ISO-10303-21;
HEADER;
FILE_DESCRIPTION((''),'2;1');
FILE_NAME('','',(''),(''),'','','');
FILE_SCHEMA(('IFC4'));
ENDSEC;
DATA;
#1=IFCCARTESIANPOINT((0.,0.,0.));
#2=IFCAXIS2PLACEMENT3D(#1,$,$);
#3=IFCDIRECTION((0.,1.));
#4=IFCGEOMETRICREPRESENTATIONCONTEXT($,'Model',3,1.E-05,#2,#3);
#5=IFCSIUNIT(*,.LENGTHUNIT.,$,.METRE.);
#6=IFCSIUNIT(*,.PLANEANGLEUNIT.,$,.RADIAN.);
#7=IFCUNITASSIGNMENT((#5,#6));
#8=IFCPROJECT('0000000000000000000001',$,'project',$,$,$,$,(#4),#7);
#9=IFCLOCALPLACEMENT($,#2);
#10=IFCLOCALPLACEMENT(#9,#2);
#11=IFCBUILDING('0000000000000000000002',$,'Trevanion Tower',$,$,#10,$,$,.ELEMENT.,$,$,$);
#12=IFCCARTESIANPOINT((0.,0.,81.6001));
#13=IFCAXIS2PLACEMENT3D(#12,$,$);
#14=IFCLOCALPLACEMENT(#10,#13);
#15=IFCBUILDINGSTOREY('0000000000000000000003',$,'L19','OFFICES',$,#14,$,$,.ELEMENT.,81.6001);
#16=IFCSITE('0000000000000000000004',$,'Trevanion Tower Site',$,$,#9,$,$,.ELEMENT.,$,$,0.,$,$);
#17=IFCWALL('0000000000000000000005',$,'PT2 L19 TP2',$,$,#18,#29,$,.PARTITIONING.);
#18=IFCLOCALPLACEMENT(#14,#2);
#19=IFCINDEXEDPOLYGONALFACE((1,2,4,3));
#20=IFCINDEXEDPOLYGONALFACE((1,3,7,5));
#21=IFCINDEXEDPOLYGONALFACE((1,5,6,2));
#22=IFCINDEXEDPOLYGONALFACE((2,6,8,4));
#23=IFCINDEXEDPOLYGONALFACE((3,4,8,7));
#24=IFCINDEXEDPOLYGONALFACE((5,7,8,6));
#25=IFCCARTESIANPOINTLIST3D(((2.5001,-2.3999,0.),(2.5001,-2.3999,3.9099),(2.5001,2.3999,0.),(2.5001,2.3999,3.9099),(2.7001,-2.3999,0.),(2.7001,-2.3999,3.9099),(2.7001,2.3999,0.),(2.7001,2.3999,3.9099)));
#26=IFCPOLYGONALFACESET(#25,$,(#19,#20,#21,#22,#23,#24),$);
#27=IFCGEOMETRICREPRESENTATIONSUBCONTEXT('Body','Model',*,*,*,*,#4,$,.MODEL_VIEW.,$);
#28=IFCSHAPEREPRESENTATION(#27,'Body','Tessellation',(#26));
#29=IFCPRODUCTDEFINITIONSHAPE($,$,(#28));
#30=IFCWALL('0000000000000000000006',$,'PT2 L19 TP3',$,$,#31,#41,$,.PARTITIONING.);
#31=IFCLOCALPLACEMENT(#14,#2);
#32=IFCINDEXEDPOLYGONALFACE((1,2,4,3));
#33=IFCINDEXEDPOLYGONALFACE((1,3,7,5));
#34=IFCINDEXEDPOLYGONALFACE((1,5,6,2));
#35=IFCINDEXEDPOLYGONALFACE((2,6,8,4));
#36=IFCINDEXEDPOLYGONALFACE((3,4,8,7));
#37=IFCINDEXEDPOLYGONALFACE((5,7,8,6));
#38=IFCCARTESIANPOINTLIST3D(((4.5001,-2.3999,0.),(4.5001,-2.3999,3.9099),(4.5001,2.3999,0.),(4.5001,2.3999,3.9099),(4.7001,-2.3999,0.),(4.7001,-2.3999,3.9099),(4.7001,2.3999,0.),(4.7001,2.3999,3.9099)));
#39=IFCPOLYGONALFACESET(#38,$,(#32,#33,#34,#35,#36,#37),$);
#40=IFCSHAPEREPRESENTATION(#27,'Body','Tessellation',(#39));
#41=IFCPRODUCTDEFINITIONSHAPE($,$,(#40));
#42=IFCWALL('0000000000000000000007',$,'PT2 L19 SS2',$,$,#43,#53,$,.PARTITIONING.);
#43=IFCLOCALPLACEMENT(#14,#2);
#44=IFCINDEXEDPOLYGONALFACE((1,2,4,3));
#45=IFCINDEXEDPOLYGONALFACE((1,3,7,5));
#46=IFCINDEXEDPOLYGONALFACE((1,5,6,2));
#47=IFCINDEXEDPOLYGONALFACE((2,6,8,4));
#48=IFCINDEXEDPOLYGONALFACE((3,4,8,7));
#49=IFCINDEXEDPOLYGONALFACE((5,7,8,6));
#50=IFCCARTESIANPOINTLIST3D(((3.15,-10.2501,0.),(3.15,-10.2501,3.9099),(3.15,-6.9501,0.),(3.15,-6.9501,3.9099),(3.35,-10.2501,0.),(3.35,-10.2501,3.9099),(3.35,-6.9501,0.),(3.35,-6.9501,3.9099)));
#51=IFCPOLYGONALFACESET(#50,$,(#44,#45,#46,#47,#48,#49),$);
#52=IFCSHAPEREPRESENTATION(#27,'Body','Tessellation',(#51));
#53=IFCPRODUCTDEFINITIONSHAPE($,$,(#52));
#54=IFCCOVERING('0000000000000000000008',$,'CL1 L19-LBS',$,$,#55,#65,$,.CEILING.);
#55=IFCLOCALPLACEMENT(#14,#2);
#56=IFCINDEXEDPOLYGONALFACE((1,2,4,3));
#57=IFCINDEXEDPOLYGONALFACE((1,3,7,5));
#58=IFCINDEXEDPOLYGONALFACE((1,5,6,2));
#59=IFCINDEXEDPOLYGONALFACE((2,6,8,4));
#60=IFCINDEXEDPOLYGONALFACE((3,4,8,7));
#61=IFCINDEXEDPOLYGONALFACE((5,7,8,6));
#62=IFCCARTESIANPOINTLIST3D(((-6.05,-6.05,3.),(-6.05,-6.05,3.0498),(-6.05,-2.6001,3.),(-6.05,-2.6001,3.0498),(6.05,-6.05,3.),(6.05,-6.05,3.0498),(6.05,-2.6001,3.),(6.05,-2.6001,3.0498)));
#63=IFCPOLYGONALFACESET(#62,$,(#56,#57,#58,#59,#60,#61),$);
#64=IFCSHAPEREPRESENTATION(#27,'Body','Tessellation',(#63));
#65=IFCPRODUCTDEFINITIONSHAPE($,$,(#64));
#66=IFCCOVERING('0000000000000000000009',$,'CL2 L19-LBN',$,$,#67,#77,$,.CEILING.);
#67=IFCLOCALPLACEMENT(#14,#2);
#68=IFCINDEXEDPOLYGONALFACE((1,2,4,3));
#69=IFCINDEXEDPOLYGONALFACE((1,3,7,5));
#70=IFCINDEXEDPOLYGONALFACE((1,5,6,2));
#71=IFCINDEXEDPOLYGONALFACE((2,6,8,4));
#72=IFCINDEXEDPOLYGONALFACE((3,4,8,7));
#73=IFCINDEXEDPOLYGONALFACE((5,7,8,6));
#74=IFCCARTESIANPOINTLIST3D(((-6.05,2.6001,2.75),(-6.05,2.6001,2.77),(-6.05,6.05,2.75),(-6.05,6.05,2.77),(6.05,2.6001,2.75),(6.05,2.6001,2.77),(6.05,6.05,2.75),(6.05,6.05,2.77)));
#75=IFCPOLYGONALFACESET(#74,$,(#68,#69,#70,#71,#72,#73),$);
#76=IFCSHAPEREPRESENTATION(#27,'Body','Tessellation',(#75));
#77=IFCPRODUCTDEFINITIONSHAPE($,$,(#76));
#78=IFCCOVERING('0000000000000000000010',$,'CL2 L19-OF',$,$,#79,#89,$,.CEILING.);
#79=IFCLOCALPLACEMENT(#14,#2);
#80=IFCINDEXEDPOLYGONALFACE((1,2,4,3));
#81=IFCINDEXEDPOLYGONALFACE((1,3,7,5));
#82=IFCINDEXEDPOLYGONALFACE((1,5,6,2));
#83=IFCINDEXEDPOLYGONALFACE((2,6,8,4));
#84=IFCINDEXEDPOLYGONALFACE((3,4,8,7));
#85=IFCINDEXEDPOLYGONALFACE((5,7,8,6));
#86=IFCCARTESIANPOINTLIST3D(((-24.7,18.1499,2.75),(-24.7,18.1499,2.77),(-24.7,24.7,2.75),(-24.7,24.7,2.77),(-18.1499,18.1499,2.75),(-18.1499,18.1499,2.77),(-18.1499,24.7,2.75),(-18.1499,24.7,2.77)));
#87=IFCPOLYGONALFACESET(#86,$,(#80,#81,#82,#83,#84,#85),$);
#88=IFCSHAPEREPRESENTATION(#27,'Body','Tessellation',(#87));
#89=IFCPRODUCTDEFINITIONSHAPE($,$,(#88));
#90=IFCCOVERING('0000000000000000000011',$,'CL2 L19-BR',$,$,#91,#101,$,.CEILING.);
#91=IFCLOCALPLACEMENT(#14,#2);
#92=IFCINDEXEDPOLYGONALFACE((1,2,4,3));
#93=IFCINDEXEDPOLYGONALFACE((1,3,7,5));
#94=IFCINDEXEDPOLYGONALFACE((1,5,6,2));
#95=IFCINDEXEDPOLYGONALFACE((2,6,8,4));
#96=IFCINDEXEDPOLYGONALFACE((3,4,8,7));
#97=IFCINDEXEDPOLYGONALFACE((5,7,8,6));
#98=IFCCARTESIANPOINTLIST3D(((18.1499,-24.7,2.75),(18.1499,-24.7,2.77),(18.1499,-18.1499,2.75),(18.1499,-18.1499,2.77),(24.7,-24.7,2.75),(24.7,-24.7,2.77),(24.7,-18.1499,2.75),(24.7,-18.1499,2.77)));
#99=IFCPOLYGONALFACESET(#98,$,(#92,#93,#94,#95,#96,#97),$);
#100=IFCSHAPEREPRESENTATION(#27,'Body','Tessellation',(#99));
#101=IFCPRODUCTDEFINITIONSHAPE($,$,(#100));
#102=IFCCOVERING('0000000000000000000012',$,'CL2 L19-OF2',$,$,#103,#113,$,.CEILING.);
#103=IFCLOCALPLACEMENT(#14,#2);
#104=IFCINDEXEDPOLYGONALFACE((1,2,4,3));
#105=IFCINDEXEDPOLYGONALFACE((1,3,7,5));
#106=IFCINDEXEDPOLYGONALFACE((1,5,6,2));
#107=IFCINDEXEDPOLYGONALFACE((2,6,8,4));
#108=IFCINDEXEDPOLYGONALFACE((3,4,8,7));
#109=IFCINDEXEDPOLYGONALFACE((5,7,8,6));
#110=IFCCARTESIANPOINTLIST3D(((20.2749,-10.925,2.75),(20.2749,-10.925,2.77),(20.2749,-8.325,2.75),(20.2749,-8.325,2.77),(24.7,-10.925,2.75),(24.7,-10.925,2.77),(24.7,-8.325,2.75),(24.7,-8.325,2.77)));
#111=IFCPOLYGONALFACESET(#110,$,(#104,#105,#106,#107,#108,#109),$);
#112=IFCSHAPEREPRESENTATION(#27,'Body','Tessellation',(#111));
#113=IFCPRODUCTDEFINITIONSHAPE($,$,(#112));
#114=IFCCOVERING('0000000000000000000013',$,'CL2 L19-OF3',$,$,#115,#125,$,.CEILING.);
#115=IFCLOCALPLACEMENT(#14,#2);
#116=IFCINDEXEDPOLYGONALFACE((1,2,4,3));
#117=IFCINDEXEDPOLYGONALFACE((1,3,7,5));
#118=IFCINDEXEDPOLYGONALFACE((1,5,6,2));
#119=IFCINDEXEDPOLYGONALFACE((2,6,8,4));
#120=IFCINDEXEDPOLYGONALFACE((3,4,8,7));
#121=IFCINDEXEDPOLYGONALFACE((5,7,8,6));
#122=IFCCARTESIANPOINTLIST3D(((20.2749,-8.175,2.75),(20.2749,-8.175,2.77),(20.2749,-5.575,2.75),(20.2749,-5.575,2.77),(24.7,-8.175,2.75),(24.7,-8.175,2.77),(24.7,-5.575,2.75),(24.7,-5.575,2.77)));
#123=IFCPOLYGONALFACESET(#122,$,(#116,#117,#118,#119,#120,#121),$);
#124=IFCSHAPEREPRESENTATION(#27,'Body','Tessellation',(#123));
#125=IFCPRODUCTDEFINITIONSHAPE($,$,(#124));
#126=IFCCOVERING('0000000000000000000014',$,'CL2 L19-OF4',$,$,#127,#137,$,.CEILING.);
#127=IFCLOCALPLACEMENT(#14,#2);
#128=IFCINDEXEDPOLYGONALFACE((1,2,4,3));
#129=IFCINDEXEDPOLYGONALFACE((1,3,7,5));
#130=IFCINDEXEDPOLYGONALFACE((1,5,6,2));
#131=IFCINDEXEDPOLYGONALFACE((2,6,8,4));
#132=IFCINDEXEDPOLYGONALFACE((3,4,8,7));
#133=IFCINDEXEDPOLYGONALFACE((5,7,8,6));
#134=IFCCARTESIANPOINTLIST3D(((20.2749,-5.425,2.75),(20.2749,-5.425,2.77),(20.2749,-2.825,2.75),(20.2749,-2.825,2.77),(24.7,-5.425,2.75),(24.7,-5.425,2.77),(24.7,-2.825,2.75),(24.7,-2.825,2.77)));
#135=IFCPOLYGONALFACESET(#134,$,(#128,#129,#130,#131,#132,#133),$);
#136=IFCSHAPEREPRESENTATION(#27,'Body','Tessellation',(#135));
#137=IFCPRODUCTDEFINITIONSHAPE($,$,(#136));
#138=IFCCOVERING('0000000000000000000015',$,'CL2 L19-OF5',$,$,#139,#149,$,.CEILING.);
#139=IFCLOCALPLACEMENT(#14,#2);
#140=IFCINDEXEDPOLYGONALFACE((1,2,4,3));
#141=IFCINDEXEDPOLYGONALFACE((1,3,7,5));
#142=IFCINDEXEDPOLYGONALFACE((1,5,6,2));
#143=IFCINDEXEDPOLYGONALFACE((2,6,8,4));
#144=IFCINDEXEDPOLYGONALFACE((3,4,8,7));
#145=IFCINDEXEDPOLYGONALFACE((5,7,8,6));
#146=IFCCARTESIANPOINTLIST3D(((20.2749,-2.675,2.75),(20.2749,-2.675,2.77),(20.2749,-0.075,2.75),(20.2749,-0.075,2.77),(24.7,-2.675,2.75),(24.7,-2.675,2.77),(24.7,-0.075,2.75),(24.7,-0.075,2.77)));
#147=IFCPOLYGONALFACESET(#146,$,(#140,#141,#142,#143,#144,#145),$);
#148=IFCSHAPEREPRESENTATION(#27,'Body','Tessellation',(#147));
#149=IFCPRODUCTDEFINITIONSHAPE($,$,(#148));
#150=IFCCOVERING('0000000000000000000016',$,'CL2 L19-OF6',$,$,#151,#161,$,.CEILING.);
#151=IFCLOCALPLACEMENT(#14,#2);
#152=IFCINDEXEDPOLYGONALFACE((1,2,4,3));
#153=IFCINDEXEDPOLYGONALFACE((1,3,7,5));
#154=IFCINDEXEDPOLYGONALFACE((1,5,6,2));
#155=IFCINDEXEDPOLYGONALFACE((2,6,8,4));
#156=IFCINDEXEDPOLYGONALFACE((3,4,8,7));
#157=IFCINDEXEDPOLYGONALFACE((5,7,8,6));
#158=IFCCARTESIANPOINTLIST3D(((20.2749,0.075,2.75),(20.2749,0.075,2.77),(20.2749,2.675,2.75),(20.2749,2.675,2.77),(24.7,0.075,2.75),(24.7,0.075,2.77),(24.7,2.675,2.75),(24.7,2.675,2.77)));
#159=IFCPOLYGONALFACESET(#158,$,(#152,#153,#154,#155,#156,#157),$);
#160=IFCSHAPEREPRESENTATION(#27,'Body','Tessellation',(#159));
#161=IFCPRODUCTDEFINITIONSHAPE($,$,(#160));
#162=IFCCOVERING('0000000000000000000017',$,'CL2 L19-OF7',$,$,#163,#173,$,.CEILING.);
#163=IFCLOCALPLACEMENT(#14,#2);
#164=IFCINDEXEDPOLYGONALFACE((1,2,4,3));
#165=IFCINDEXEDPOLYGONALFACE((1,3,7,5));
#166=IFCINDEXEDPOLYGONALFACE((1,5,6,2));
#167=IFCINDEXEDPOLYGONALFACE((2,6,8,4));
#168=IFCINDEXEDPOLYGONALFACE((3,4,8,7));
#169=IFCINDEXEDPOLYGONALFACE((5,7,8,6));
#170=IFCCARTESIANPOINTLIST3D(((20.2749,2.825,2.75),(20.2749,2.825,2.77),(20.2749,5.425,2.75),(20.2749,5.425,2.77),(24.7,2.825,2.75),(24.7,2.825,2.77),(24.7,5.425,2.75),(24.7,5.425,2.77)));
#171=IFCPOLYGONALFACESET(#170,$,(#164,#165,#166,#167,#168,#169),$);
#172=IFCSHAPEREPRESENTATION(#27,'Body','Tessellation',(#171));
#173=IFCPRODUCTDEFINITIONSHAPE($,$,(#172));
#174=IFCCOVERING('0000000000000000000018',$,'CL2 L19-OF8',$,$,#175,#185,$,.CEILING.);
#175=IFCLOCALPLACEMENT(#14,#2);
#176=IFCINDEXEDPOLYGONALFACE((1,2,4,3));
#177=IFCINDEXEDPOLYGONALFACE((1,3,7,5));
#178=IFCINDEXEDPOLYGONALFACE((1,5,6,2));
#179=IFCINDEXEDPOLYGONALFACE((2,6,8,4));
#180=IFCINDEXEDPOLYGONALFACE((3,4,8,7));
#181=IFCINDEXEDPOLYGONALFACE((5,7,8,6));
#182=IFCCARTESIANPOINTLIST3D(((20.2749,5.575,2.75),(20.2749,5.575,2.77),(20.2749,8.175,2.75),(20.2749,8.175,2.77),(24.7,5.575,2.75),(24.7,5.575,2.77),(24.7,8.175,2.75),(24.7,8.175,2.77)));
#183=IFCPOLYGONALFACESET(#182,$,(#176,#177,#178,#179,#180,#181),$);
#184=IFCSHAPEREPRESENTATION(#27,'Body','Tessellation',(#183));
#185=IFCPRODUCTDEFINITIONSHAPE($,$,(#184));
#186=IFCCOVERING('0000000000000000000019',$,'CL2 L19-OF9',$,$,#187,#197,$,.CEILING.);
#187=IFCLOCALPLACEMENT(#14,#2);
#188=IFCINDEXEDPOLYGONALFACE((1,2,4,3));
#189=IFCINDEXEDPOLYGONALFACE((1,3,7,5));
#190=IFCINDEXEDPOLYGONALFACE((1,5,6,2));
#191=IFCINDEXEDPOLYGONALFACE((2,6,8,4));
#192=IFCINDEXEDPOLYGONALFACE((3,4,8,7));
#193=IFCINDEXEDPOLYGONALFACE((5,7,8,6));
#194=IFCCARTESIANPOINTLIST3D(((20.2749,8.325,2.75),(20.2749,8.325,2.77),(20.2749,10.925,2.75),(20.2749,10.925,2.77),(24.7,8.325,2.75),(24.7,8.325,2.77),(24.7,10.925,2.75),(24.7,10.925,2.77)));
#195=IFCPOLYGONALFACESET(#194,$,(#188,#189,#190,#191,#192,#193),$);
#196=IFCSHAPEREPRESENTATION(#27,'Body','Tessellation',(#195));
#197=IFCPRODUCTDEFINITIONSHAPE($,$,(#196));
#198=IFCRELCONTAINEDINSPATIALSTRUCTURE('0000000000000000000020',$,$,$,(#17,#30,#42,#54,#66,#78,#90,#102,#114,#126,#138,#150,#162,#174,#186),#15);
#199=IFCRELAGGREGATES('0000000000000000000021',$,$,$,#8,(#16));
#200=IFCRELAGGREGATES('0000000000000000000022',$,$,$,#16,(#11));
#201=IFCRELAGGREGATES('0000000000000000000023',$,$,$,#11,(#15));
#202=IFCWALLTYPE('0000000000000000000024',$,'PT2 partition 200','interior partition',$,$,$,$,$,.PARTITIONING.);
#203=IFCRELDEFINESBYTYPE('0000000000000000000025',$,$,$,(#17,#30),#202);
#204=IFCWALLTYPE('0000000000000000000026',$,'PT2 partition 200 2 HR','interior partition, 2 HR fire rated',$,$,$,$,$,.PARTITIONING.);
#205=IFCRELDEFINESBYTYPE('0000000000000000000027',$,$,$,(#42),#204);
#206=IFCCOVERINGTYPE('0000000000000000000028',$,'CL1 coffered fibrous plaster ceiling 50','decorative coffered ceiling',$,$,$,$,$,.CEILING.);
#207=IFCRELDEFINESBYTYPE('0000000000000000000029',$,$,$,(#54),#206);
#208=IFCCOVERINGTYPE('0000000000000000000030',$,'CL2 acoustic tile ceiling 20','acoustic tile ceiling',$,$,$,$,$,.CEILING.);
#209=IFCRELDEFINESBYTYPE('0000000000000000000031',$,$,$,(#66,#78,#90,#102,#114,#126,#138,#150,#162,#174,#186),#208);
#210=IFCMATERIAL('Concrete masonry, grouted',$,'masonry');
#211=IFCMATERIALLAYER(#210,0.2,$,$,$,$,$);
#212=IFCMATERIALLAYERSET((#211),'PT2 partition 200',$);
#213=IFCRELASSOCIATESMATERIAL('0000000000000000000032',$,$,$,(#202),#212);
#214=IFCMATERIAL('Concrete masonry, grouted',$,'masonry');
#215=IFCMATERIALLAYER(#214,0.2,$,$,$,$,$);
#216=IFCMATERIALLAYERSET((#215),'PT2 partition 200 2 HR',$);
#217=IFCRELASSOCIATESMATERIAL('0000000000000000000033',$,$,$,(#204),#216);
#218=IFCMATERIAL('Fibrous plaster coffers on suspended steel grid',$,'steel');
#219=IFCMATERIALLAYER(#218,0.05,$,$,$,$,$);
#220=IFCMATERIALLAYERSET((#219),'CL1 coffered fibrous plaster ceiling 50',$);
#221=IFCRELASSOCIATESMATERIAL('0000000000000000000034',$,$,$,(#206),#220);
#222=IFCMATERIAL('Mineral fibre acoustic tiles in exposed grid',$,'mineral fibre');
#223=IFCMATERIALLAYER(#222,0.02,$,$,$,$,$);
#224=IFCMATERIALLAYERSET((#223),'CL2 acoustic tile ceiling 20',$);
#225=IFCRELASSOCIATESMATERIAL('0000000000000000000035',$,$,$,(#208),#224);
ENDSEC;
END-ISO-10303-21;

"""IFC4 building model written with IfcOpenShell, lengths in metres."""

from ifc_helpers import new_model, si_unit, direction, frame, frame_2d, origin, place, context, subcontext, project, spatial, polyline, rectangle, outline, extrude, material, layer, layer_set, type_object, element, save


model = new_model("IFC4")

# Units and contexts
model_context = context("Model", 3, precision=1e-05, world=origin(), true_north=direction((0.0, 1.0)))
body_context = subcontext(model_context, "Body", "Model", "MODEL_VIEW")
ifc_project = project(units=[si_unit("LENGTHUNIT", "METRE"), si_unit("PLANEANGLEUNIT", "RADIAN")], contexts=[model_context])

# Site, building, storey
site_placement = place(None, origin())
site = spatial("IfcSite", under=ifc_project, at=site_placement, Name="Trevanion Tower Site", CompositionType="ELEMENT", RefElevation=0.0)
building_placement = place(site_placement, origin())
building = spatial("IfcBuilding", under=site, at=building_placement, Name="Trevanion Tower", CompositionType="ELEMENT")
storey_placement = place(building_placement, frame((0.0, 0.0, 81.6001)))
storey = spatial("IfcBuildingStorey", under=building, at=storey_placement, Name="L19", Description="OFFICES", CompositionType="ELEMENT", Elevation=81.6001)

# Walls
ifc_material_1 = material(Name="Concrete masonry, grouted", Category="masonry")
ifc_layer_1 = layer(ifc_material_1, 0.2)
ifc_layer_set_1 = layer_set([ifc_layer_1], Name="PT2 partition 200")
wall_type_1 = type_object("IfcWallType", Name="PT2 partition 200", Description="interior partition", PredefinedType="PARTITIONING", material=ifc_layer_set_1)
for number, where, z_axis, x_axis, name in (
    (1, (2.6001, -2.3999, 0.0), (0.0, 0.0, 1.0), (0.0, 1.0, 0.0), "PT2 L19 TP2"),
    (2, (4.6001, -2.3999, 0.0), (0.0, 0.0, 1.0), (0.0, 1.0, 0.0), "PT2 L19 TP3"),
):
    element("IfcWall", number, at=place(storey_placement, frame(where, z_axis=z_axis, x_axis=x_axis)), inside=storey, type_object=wall_type_1, Name=name, PredefinedType="PARTITIONING", context=body_context, shape_type="SweptSolid", body=[
        extrude(rectangle(XDim=4.7998, YDim=0.2, at=frame_2d((2.3999, 0.0))), origin(), (0.0, 0.0, 1.0), 3.9099),
    ])
ifc_material_2 = material(Name="Concrete masonry, grouted", Category="masonry")
ifc_layer_2 = layer(ifc_material_2, 0.2)
ifc_layer_set_2 = layer_set([ifc_layer_2], Name="PT2 partition 200 2 HR")
wall_type_2 = type_object("IfcWallType", Name="PT2 partition 200 2 HR", Description="interior partition, 2 HR fire rated", PredefinedType="PARTITIONING", material=ifc_layer_set_2)
wall_placement = place(storey_placement, frame((3.25, -10.25, 0.0), z_axis=(0.0, 0.0, 1.0), x_axis=(0.0, 1.0, 0.0)))
element("IfcWall", 3, at=wall_placement, inside=storey, type_object=wall_type_2, Name="PT2 L19 SS2", PredefinedType="PARTITIONING", context=body_context, shape_type="SweptSolid", body=[
    extrude(rectangle(XDim=3.3, YDim=0.2, at=frame_2d((1.6499, 0.0))), origin(), (0.0, 0.0, 1.0), 3.9099),
])

# Coverings
ifc_material_3 = material(Name="Fibrous plaster coffers on suspended steel grid", Category="steel")
ifc_layer_3 = layer(ifc_material_3, 0.05)
ifc_layer_set_3 = layer_set([ifc_layer_3], Name="CL1 coffered fibrous plaster ceiling 50")
covering_type_1 = type_object("IfcCoveringType", Name="CL1 coffered fibrous plaster ceiling 50", Description="decorative coffered ceiling", PredefinedType="CEILING", material=ifc_layer_set_3)
covering_1_placement = place(storey_placement, frame((0.0, 0.0, 3.0)))
element("IfcCovering", 4, at=covering_1_placement, inside=storey, type_object=covering_type_1, Name="CL1 L19-LBS", PredefinedType="CEILING", context=body_context, shape_type="SweptSolid", body=[
    extrude(outline(polyline([(6.05, -6.05), (6.05, -2.6001), (-6.05, -2.6001), (-6.05, -6.05), (6.05, -6.05)])), origin(), (0.0, 0.0, 1.0), 0.0498),
])
ifc_material_4 = material(Name="Mineral fibre acoustic tiles in exposed grid", Category="mineral fibre")
ifc_layer_4 = layer(ifc_material_4, 0.02)
ifc_layer_set_4 = layer_set([ifc_layer_4], Name="CL2 acoustic tile ceiling 20")
covering_type_2 = type_object("IfcCoveringType", Name="CL2 acoustic tile ceiling 20", Description="acoustic tile ceiling", PredefinedType="CEILING", material=ifc_layer_set_4)
covering_2_placement = place(storey_placement, frame((0.0, 0.0, 2.75)))
element("IfcCovering", 5, at=covering_2_placement, inside=storey, type_object=covering_type_2, Name="CL2 L19-LBN", PredefinedType="CEILING", context=body_context, shape_type="SweptSolid", body=[
    extrude(outline(polyline([(6.05, 2.6001), (6.05, 6.05), (-6.05, 6.05), (-6.05, 2.6001), (6.05, 2.6001)])), origin(), (0.0, 0.0, 1.0), 0.02),
])
covering_3_placement = place(storey_placement, frame((0.0, 0.0, 2.75)))
element("IfcCovering", 6, at=covering_3_placement, inside=storey, type_object=covering_type_2, Name="CL2 L19-OF", PredefinedType="CEILING", context=body_context, shape_type="SweptSolid", body=[
    extrude(outline(polyline([(-18.1499, 18.1499), (-24.7, 18.1499), (-24.7, 24.7), (-18.1499, 24.7), (-18.1499, 18.1499)])), origin(), (0.0, 0.0, 1.0), 0.02),
])
covering_4_placement = place(storey_placement, frame((0.0, 0.0, 2.75)))
element("IfcCovering", 7, at=covering_4_placement, inside=storey, type_object=covering_type_2, Name="CL2 L19-BR", PredefinedType="CEILING", context=body_context, shape_type="SweptSolid", body=[
    extrude(outline(polyline([(18.1499, -18.1499), (24.7, -18.1499), (24.7, -24.7), (18.1499, -24.7), (18.1499, -18.1499)])), origin(), (0.0, 0.0, 1.0), 0.02),
])
covering_5_placement = place(storey_placement, frame((0.0, 0.0, 2.75)))
element("IfcCovering", 8, at=covering_5_placement, inside=storey, type_object=covering_type_2, Name="CL2 L19-OF2", PredefinedType="CEILING", context=body_context, shape_type="SweptSolid", body=[
    extrude(outline(polyline([(20.2749, -10.925), (20.2749, -8.325), (24.7, -8.325), (24.7, -10.925), (20.2749, -10.925)])), origin(), (0.0, 0.0, 1.0), 0.02),
])
covering_6_placement = place(storey_placement, frame((0.0, 0.0, 2.75)))
element("IfcCovering", 9, at=covering_6_placement, inside=storey, type_object=covering_type_2, Name="CL2 L19-OF3", PredefinedType="CEILING", context=body_context, shape_type="SweptSolid", body=[
    extrude(outline(polyline([(20.2749, -8.175), (20.2749, -5.575), (24.7, -5.575), (24.7, -8.175), (20.2749, -8.175)])), origin(), (0.0, 0.0, 1.0), 0.02),
])
covering_7_placement = place(storey_placement, frame((0.0, 0.0, 2.75)))
element("IfcCovering", 10, at=covering_7_placement, inside=storey, type_object=covering_type_2, Name="CL2 L19-OF4", PredefinedType="CEILING", context=body_context, shape_type="SweptSolid", body=[
    extrude(outline(polyline([(20.2749, -5.425), (20.2749, -2.825), (24.7, -2.825), (24.7, -5.425), (20.2749, -5.425)])), origin(), (0.0, 0.0, 1.0), 0.02),
])
covering_8_placement = place(storey_placement, frame((0.0, 0.0, 2.75)))
element("IfcCovering", 11, at=covering_8_placement, inside=storey, type_object=covering_type_2, Name="CL2 L19-OF5", PredefinedType="CEILING", context=body_context, shape_type="SweptSolid", body=[
    extrude(outline(polyline([(20.2749, -2.675), (20.2749, -0.075), (24.7, -0.075), (24.7, -2.675), (20.2749, -2.675)])), origin(), (0.0, 0.0, 1.0), 0.02),
])
covering_9_placement = place(storey_placement, frame((0.0, 0.0, 2.75)))
element("IfcCovering", 12, at=covering_9_placement, inside=storey, type_object=covering_type_2, Name="CL2 L19-OF6", PredefinedType="CEILING", context=body_context, shape_type="SweptSolid", body=[
    extrude(outline(polyline([(20.2749, 0.075), (20.2749, 2.675), (24.7, 2.675), (24.7, 0.075), (20.2749, 0.075)])), origin(), (0.0, 0.0, 1.0), 0.02),
])
covering_10_placement = place(storey_placement, frame((0.0, 0.0, 2.75)))
element("IfcCovering", 13, at=covering_10_placement, inside=storey, type_object=covering_type_2, Name="CL2 L19-OF7", PredefinedType="CEILING", context=body_context, shape_type="SweptSolid", body=[
    extrude(outline(polyline([(20.2749, 2.825), (20.2749, 5.425), (24.7, 5.425), (24.7, 2.825), (20.2749, 2.825)])), origin(), (0.0, 0.0, 1.0), 0.02),
])
covering_11_placement = place(storey_placement, frame((0.0, 0.0, 2.75)))
element("IfcCovering", 14, at=covering_11_placement, inside=storey, type_object=covering_type_2, Name="CL2 L19-OF8", PredefinedType="CEILING", context=body_context, shape_type="SweptSolid", body=[
    extrude(outline(polyline([(20.2749, 5.575), (20.2749, 8.175), (24.7, 8.175), (24.7, 5.575), (20.2749, 5.575)])), origin(), (0.0, 0.0, 1.0), 0.02),
])
covering_12_placement = place(storey_placement, frame((0.0, 0.0, 2.75)))
element("IfcCovering", 15, at=covering_12_placement, inside=storey, type_object=covering_type_2, Name="CL2 L19-OF9", PredefinedType="CEILING", context=body_context, shape_type="SweptSolid", body=[
    extrude(outline(polyline([(20.2749, 8.325), (20.2749, 10.925), (24.7, 10.925), (24.7, 8.325), (20.2749, 8.325)])), origin(), (0.0, 0.0, 1.0), 0.02),
])

save(model, "model.ifc")
